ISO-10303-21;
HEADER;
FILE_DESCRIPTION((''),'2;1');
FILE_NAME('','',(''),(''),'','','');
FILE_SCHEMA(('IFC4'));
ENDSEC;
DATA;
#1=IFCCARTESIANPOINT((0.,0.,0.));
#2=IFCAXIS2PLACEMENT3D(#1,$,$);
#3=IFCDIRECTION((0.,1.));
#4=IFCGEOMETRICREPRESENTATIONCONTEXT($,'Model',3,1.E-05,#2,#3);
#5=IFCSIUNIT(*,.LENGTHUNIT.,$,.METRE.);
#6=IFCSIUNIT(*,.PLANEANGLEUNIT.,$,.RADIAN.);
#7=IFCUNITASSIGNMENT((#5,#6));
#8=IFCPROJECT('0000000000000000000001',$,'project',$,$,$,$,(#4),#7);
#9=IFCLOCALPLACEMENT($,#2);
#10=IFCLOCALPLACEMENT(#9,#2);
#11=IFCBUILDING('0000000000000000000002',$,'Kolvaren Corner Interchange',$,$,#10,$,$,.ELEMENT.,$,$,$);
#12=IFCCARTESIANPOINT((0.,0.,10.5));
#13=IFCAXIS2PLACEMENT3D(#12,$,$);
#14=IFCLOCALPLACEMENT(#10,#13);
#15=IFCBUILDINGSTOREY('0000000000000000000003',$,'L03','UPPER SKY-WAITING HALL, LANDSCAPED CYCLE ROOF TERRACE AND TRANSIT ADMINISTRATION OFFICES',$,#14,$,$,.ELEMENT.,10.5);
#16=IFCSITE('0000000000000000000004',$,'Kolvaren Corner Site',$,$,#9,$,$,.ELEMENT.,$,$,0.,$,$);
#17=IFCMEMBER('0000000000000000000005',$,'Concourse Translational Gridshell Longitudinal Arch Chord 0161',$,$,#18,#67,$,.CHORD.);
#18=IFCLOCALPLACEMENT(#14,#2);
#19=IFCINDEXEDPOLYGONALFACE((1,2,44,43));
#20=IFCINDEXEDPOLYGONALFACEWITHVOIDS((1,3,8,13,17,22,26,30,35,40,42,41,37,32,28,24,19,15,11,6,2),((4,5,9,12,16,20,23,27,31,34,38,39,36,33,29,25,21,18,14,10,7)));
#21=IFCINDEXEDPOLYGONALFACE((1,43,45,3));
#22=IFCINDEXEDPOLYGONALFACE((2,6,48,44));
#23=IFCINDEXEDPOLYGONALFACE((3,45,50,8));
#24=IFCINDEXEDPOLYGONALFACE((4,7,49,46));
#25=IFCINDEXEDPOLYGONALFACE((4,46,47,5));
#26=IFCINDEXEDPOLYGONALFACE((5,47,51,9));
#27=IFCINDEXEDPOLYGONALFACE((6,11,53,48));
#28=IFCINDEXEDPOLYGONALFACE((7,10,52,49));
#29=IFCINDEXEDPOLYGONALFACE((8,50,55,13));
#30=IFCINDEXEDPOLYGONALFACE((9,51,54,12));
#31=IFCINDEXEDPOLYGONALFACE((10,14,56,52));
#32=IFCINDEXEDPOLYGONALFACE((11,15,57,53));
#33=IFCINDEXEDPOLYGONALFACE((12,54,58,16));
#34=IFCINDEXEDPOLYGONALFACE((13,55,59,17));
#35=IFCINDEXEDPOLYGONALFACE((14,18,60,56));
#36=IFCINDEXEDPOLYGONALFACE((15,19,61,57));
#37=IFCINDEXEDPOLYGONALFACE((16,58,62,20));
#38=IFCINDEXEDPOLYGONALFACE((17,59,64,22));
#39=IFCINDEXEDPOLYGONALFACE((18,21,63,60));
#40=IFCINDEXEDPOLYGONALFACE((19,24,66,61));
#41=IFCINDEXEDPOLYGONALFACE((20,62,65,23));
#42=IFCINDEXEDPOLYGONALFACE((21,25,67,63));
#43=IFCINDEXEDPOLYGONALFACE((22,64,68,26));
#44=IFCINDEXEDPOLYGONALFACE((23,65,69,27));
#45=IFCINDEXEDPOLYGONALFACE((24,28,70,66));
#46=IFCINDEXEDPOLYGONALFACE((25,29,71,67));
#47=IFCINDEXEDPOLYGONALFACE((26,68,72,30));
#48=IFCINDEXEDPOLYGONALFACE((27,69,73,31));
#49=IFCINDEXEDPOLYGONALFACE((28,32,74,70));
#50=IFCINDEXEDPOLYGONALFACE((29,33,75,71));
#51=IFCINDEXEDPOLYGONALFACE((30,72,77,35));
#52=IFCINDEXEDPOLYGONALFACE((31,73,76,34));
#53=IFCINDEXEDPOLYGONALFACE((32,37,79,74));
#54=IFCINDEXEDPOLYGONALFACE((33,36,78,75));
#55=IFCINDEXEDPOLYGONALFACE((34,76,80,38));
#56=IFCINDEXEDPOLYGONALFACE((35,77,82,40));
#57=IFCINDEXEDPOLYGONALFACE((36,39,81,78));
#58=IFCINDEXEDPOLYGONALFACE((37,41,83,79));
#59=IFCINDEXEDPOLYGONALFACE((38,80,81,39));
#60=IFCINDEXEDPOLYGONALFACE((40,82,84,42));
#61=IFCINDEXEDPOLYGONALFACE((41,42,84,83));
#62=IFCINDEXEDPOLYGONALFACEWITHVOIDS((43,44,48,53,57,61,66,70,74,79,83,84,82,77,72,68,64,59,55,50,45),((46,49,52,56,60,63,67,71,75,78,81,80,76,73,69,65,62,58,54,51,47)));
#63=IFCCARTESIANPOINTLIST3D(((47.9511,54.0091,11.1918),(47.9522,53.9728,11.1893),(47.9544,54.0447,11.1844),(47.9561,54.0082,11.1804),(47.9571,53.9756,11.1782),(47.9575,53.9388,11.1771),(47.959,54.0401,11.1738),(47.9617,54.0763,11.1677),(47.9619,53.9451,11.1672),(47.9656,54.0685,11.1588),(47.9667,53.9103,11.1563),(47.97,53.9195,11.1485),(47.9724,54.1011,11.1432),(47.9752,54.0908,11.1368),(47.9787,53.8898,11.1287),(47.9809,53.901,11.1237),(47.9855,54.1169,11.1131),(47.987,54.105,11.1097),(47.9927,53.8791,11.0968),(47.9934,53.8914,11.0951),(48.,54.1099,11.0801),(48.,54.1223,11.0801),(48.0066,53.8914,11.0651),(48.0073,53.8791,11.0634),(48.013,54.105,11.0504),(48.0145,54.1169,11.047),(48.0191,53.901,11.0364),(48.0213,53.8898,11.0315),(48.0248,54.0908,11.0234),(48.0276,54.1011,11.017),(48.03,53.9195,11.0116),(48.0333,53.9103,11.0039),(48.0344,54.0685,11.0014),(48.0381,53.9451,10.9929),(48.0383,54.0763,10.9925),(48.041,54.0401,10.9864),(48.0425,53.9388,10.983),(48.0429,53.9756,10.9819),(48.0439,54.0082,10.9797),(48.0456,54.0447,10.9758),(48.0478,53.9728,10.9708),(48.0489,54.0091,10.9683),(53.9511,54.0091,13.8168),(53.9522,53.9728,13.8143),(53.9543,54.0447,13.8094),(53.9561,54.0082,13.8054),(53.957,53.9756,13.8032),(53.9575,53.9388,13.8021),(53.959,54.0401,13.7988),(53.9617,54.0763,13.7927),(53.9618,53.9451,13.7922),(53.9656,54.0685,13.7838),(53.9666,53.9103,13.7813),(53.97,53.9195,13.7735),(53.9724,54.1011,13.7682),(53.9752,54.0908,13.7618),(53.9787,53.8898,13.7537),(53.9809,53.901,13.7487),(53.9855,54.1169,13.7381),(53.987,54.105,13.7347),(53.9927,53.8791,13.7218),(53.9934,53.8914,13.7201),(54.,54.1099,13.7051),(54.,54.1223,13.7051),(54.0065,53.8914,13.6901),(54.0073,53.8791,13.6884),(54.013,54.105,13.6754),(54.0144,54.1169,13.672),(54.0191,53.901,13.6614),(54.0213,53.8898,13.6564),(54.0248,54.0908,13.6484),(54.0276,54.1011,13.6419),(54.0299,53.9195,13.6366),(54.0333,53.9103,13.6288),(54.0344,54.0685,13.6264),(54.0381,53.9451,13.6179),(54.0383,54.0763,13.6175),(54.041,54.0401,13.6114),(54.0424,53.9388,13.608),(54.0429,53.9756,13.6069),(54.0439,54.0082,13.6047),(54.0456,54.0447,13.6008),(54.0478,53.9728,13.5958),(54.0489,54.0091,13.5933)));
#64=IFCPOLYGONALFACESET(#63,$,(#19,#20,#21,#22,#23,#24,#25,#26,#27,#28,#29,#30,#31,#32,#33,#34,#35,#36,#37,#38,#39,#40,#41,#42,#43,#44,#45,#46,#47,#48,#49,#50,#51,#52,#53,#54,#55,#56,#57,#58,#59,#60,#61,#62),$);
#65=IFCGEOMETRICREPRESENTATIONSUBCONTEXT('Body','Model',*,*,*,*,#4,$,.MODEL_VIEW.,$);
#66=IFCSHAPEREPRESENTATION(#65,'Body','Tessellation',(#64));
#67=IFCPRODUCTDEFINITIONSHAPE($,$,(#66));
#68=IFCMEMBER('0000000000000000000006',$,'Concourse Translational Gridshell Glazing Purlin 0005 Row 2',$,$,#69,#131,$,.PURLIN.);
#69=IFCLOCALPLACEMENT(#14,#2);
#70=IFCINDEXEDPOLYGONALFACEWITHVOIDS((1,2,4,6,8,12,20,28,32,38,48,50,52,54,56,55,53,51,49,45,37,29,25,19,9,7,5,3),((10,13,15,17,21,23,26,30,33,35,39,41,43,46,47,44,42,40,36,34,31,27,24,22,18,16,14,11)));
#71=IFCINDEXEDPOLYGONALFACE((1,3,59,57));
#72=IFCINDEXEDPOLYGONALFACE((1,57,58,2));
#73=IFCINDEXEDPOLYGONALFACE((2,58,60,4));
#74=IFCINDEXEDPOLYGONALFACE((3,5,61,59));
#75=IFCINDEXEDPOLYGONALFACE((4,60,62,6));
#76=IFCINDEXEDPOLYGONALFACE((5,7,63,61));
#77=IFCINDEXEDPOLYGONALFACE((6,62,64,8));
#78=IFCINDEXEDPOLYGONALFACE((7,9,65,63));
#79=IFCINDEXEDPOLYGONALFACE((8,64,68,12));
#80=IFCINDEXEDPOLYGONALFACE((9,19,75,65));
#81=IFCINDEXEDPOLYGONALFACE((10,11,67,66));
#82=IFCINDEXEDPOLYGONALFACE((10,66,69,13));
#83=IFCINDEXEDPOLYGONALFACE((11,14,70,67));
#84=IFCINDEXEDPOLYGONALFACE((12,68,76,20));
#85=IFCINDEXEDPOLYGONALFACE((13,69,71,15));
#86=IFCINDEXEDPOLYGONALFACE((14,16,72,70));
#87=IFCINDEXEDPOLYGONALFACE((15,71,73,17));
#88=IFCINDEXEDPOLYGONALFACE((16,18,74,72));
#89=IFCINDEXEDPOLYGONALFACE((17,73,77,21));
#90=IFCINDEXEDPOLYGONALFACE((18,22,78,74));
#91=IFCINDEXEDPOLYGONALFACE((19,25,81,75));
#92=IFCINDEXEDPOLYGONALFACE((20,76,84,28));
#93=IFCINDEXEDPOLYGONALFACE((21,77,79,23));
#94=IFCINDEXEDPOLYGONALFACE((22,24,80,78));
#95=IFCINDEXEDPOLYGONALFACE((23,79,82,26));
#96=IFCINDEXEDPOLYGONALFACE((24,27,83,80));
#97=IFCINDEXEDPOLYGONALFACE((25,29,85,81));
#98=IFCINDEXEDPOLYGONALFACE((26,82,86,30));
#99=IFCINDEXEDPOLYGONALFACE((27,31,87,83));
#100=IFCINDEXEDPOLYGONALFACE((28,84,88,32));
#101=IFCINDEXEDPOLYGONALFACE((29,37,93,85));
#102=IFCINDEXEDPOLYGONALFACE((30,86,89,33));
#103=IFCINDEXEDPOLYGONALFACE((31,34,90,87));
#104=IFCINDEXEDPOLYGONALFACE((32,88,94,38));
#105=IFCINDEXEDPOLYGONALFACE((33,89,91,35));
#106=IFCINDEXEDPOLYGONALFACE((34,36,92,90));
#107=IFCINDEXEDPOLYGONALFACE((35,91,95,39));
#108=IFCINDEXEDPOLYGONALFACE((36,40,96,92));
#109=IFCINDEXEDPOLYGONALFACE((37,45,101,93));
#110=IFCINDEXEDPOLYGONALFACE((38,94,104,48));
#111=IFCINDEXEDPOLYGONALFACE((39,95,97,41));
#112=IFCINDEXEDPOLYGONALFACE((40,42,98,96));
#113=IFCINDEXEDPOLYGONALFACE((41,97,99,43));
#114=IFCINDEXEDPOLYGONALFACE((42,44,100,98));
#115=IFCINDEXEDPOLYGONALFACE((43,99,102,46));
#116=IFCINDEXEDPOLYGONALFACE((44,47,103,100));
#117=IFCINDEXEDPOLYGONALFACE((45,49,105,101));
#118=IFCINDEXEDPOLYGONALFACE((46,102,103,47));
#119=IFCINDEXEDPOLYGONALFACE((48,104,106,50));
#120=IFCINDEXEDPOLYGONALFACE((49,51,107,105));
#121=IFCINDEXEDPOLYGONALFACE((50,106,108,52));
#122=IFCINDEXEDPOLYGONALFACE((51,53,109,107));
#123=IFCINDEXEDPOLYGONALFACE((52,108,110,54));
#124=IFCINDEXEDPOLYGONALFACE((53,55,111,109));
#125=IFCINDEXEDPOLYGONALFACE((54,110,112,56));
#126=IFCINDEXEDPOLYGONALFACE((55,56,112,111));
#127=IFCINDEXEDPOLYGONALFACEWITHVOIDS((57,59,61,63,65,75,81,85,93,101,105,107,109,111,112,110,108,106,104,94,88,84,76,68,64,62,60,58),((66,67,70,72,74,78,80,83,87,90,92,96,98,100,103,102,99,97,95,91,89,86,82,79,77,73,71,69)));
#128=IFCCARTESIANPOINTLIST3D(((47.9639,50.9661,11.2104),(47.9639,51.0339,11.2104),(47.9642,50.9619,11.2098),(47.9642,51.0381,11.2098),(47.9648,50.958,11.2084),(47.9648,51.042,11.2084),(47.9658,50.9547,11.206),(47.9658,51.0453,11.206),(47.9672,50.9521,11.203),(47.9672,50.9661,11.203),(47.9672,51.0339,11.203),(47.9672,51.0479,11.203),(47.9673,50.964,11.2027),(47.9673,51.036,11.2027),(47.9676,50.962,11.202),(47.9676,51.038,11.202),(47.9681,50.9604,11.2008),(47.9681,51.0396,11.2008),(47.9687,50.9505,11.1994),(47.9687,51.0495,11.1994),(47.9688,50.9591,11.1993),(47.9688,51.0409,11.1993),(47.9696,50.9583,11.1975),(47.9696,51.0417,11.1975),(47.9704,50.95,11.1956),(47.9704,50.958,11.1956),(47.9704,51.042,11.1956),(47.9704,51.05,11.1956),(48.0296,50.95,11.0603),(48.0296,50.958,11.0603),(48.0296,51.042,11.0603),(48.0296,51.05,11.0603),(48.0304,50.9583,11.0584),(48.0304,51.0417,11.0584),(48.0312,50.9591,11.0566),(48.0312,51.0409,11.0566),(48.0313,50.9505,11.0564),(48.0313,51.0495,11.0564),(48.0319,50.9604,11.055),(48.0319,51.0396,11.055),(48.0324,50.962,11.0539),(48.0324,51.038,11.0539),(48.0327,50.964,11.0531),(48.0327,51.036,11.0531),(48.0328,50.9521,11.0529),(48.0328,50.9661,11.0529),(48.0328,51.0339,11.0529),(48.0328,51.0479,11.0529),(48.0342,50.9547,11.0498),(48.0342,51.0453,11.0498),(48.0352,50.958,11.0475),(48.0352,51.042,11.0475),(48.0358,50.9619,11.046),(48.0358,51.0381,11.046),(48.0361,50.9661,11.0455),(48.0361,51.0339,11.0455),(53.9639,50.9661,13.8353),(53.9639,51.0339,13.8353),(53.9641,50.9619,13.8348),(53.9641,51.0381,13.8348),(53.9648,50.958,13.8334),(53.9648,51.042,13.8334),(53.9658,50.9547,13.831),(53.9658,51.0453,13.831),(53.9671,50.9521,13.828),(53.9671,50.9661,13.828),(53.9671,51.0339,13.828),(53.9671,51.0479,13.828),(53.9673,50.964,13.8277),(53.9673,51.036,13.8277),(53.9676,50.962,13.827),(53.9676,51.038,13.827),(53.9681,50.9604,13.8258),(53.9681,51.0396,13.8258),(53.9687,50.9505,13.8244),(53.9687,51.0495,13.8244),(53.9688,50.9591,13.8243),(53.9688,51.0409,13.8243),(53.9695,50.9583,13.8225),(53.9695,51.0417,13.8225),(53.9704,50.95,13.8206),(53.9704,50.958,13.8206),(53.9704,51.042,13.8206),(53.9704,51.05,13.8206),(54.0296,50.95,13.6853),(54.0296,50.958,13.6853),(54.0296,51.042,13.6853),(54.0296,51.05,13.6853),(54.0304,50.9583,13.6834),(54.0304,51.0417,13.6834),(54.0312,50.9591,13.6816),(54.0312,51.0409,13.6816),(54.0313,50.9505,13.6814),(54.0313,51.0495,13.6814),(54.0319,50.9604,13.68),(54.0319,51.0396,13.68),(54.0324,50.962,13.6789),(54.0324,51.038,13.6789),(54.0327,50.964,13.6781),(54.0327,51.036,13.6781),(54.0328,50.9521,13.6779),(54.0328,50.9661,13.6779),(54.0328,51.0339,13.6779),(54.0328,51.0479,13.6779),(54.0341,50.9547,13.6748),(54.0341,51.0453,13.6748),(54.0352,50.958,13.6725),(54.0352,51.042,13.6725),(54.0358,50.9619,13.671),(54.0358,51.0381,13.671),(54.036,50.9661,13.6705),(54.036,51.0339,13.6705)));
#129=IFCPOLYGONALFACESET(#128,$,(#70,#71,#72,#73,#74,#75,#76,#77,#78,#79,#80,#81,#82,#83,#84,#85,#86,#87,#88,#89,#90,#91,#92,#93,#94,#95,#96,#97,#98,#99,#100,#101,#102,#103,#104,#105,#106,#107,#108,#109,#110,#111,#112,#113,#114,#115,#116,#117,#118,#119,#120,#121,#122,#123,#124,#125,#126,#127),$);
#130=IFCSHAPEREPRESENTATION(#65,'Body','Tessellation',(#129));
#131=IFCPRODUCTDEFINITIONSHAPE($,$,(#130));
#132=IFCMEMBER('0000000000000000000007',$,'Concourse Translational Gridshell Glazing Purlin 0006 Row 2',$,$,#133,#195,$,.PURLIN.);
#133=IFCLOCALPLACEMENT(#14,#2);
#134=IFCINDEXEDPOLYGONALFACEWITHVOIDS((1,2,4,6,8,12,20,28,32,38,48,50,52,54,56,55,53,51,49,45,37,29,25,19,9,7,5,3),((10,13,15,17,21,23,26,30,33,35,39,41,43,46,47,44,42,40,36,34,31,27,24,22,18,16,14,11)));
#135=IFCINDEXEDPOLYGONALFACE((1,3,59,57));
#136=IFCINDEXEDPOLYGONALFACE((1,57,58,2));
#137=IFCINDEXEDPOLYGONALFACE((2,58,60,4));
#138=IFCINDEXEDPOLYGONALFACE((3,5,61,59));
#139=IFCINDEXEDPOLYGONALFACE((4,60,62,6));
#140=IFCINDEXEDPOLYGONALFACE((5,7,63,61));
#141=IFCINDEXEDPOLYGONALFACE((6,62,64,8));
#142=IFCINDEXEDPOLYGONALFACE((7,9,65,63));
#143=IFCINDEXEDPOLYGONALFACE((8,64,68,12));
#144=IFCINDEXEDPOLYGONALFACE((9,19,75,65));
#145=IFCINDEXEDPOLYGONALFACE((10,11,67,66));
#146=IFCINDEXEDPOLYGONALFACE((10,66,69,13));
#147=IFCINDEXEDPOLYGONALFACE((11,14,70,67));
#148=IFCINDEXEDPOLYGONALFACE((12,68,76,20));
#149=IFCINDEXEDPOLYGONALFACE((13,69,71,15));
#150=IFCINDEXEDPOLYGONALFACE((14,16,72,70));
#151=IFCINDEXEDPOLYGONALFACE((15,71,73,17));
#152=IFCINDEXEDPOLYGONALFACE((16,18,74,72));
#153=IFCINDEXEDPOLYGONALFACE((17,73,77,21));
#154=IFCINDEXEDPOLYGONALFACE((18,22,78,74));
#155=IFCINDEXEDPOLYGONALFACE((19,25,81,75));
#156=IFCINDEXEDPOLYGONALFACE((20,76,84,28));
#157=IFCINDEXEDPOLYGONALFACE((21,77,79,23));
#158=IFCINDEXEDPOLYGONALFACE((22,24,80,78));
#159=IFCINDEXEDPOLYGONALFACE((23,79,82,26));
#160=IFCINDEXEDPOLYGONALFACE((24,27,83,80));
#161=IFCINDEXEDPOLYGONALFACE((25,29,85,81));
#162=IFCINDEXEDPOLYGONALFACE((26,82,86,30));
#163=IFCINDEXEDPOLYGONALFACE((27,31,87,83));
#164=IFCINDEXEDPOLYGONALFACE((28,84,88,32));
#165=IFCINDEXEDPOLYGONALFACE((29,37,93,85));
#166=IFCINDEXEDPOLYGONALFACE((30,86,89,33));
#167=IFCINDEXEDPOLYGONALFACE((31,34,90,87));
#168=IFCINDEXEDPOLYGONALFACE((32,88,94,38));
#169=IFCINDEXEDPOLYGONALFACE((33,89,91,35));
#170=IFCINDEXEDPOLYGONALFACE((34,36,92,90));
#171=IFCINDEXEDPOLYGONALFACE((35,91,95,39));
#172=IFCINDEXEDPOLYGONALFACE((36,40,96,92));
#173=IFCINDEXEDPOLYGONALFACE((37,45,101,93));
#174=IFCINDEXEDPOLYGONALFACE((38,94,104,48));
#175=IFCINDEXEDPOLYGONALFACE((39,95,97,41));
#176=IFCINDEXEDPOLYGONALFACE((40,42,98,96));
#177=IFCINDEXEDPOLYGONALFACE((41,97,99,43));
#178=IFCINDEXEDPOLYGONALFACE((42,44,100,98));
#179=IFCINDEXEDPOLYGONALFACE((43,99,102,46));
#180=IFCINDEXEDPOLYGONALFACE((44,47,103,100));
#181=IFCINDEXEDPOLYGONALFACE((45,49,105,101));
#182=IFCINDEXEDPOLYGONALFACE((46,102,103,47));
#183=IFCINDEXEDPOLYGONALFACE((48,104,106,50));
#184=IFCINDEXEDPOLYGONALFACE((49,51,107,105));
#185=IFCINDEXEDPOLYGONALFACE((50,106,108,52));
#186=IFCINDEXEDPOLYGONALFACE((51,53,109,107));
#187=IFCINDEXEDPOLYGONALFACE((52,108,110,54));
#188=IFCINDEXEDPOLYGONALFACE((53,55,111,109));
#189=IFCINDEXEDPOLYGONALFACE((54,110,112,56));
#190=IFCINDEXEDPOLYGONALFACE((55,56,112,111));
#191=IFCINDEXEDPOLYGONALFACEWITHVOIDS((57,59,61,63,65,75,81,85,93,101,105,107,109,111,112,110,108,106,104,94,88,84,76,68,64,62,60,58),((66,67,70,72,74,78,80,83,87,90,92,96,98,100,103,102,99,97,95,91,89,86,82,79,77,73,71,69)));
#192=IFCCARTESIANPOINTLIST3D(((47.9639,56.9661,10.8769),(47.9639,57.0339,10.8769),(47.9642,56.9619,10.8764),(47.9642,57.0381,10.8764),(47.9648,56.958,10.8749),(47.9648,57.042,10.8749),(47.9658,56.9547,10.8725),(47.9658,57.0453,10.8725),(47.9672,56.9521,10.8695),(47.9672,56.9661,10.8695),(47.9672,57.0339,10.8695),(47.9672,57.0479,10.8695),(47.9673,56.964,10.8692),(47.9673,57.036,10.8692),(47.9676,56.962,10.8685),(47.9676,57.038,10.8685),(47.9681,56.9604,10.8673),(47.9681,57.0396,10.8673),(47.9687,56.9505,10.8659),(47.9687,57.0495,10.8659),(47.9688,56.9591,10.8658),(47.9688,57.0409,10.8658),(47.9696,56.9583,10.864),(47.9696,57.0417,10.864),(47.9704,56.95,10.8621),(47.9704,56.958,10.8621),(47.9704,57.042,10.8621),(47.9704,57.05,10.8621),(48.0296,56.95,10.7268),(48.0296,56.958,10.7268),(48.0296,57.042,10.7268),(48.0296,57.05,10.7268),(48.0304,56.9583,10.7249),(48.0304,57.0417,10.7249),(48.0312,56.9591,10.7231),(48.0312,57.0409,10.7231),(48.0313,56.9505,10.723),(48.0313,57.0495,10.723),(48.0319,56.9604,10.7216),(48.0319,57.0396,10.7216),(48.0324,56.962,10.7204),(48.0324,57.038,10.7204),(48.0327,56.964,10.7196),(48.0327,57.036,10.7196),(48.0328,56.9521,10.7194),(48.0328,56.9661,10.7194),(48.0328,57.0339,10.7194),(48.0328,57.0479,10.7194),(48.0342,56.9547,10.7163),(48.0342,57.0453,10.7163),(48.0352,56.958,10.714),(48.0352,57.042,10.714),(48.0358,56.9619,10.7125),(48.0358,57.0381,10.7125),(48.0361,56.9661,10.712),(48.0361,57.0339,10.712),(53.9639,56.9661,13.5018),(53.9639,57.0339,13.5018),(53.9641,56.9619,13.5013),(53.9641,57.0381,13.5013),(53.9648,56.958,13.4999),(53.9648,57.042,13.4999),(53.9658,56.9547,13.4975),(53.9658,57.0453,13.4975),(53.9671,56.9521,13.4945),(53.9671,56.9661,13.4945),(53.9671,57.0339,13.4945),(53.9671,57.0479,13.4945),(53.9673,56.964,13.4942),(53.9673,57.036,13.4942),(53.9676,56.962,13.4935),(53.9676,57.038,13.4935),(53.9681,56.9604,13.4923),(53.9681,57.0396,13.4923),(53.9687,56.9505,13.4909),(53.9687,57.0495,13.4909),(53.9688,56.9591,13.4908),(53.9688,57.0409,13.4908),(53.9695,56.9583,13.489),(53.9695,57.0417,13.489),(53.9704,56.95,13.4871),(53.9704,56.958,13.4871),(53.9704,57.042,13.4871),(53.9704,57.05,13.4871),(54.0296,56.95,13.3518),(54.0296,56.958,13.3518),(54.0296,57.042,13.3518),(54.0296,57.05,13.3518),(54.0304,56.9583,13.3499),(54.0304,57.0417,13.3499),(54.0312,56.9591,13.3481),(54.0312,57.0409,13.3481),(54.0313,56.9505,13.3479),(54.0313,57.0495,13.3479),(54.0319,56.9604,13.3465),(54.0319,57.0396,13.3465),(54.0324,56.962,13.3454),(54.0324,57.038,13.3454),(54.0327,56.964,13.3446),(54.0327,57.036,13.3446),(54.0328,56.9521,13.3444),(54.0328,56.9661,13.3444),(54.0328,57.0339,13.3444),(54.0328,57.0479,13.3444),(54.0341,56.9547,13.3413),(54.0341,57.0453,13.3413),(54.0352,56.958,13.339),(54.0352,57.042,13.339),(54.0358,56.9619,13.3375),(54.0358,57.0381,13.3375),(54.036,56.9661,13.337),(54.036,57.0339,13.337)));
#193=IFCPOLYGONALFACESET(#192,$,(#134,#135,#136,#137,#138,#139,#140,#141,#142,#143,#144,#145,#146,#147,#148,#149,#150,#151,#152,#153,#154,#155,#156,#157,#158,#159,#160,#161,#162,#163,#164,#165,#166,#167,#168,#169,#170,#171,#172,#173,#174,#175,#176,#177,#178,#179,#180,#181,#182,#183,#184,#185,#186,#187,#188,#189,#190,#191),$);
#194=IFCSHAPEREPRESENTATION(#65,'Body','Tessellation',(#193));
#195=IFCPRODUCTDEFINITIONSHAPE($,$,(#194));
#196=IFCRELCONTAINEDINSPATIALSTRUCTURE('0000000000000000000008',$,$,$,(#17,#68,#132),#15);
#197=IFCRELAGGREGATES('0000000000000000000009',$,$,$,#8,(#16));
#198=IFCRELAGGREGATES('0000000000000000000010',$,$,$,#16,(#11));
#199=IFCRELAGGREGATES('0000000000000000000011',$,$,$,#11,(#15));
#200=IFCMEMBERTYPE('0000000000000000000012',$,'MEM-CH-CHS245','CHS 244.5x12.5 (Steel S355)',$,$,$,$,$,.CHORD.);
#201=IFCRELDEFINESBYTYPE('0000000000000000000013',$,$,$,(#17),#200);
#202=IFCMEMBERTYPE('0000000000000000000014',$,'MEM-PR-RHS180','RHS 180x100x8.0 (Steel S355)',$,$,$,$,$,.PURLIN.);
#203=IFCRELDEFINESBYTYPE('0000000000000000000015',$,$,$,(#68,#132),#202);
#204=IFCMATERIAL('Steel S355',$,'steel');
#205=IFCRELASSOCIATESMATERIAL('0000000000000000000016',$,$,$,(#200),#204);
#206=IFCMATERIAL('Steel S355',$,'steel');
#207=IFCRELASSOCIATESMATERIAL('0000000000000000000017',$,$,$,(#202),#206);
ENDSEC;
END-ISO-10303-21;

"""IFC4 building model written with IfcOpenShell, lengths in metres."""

from ifc_helpers import new_model, si_unit, direction, frame, origin, origin_2d, place, context, subcontext, project, spatial, hollow_rectangle, hollow_circle, extrude, material, material_profile, profile_set, type_object, element, save


model = new_model("IFC4")

# Units and contexts
model_context = context("Model", 3, precision=1e-05, world=origin(), true_north=direction((0.0, 1.0)))
body_context = subcontext(model_context, "Body", "Model", "MODEL_VIEW")
ifc_project = project(units=[si_unit("LENGTHUNIT", "METRE"), si_unit("PLANEANGLEUNIT", "RADIAN")], contexts=[model_context])

# Site, building, storey
site_placement = place(None, origin())
site = spatial("IfcSite", under=ifc_project, at=site_placement, Name="Kolvaren Corner Site", CompositionType="ELEMENT", RefElevation=0.0)
building_placement = place(site_placement, origin())
building = spatial("IfcBuilding", under=site, at=building_placement, Name="Kolvaren Corner Interchange", CompositionType="ELEMENT")
storey_placement = place(building_placement, frame((0.0, 0.0, 10.5)))
storey = spatial("IfcBuildingStorey", under=building, at=storey_placement, Name="L03", Description="UPPER SKY-WAITING HALL, LANDSCAPED CYCLE ROOF TERRACE AND TRANSIT ADMINISTRATION OFFICES", CompositionType="ELEMENT", Elevation=10.5)

# Members
ifc_material_1 = material(Name="Steel S355", Category="steel")
ifc_material_profile_1 = material_profile(ifc_material_1, hollow_circle(Radius=0.1223, WallThickness=0.0125, at=origin_2d()), Name="CHS 244.5x12.5")
ifc_profile_set_1 = profile_set([ifc_material_profile_1], Name="Steel S355")
member_type_1 = type_object("IfcMemberType", Name="MEM-CH-CHS245", Description="CHS 244.5x12.5 (Steel S355)", PredefinedType="CHORD", material=ifc_profile_set_1)
for number, where, z_axis, x_axis, name in (
    (1, (48.0, 54.0, 11.0801), (0.916157, 0.0, 0.400819), (0.0, 1.0, 0.0), "Concourse Translational Gridshell Longitudinal Arch Chord 0161"),
):
    element("IfcMember", number, at=place(storey_placement, frame(where, z_axis=z_axis, x_axis=x_axis)), inside=storey, type_object=member_type_1, Name=name, PredefinedType="CHORD", context=body_context, shape_type="SweptSolid", body=[
        extrude(hollow_circle(Radius=0.1223, WallThickness=0.0125, at=origin_2d()), origin(), (0.0, 0.0, 1.0), 6.5491),
    ])
ifc_material_2 = material(Name="Steel S355", Category="steel")
ifc_material_profile_2 = material_profile(ifc_material_2, hollow_rectangle(XDim=0.1001, YDim=0.1799, WallThickness=0.0081, InnerFilletRadius=0.0081, OuterFilletRadius=0.0161, at=origin_2d()), Name="RHS 180x100x8.0")
ifc_profile_set_2 = profile_set([ifc_material_profile_2], Name="Steel S355")
member_type_2 = type_object("IfcMemberType", Name="MEM-PR-RHS180", Description="RHS 180x100x8.0 (Steel S355)", PredefinedType="PURLIN", material=ifc_profile_set_2)
for number, where, z_axis, x_axis, name in (
    (2, (48.0, 51.0, 11.1279), (0.916157, 0.0, 0.400819), (0.0, 1.0, 0.0), "Concourse Translational Gridshell Glazing Purlin 0005 Row 2"),
    (3, (48.0, 57.0, 10.7944), (0.916157, 0.0, 0.400819), (0.0, 1.0, 0.0), "Concourse Translational Gridshell Glazing Purlin 0006 Row 2"),
):
    element("IfcMember", number, at=place(storey_placement, frame(where, z_axis=z_axis, x_axis=x_axis)), inside=storey, type_object=member_type_2, Name=name, PredefinedType="PURLIN", context=body_context, shape_type="SweptSolid", body=[
        extrude(hollow_rectangle(XDim=0.1001, YDim=0.1799, WallThickness=0.0081, InnerFilletRadius=0.0081, OuterFilletRadius=0.0161, at=origin_2d()), origin(), (0.0, 0.0, 1.0), 6.5491),
    ])

save(model, "model.ifc")
